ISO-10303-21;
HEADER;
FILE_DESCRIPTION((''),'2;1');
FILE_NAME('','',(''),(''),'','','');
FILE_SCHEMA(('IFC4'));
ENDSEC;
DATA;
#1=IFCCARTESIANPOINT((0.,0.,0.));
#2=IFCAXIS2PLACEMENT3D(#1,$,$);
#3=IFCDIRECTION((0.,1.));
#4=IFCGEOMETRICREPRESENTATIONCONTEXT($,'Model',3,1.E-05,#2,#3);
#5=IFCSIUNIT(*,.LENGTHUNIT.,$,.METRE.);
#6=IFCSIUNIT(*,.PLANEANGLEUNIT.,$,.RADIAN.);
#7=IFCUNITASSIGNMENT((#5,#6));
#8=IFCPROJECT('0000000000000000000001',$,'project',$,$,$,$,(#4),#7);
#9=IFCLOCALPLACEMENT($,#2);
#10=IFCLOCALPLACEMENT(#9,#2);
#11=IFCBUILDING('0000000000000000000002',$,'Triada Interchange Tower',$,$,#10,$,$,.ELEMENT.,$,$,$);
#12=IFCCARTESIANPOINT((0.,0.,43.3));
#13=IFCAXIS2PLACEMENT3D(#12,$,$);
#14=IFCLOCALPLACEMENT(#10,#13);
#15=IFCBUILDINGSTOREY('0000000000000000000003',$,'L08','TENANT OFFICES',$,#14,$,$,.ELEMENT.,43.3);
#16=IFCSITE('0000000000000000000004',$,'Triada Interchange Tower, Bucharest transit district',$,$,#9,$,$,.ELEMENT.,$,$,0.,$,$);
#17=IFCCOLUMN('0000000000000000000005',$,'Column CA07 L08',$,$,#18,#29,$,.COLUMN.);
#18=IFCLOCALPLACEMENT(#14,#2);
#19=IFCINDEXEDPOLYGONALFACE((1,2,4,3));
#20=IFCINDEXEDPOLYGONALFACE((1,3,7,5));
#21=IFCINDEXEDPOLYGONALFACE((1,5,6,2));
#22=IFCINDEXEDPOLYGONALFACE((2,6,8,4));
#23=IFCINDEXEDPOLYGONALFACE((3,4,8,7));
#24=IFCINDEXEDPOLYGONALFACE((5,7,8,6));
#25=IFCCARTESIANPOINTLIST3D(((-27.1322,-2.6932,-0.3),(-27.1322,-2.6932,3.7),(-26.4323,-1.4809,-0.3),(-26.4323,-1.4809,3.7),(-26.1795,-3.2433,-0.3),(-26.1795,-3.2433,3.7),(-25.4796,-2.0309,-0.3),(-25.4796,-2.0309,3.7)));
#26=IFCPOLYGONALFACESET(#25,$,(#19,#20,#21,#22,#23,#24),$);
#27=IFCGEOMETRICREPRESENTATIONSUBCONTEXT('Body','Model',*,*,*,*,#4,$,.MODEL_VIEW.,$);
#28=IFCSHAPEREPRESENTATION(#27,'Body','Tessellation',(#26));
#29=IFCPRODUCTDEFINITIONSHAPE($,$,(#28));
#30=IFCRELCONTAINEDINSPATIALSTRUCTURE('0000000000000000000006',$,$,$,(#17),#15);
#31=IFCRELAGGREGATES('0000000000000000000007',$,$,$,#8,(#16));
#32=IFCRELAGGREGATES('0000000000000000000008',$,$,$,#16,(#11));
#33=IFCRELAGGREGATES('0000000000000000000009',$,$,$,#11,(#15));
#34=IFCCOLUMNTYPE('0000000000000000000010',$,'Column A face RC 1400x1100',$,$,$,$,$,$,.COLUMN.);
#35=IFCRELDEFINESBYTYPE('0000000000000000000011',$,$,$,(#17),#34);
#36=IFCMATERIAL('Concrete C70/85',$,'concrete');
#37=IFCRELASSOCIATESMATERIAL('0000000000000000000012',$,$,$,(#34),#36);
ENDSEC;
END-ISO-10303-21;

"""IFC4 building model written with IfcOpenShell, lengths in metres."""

from ifc_helpers import new_model, si_unit, direction, frame, origin, origin_2d, place, context, subcontext, project, spatial, rectangle, extrude, material, material_profile, profile_set, type_object, element, save


model = new_model("IFC4")

# Units and contexts
model_context = context("Model", 3, precision=1e-05, world=origin(), true_north=direction((0.0, 1.0)))
body_context = subcontext(model_context, "Body", "Model", "MODEL_VIEW")
ifc_project = project(units=[si_unit("LENGTHUNIT", "METRE"), si_unit("PLANEANGLEUNIT", "RADIAN")], contexts=[model_context])

# Site, building, storey
site_placement = place(None, origin())
site = spatial("IfcSite", under=ifc_project, at=site_placement, Name="Triada Interchange Tower, Bucharest transit district", CompositionType="ELEMENT", RefElevation=0.0)
building_placement = place(site_placement, origin())
building = spatial("IfcBuilding", under=site, at=building_placement, Name="Triada Interchange Tower", CompositionType="ELEMENT")
storey_placement = place(building_placement, frame((0.0, 0.0, 43.3)))
storey = spatial("IfcBuildingStorey", under=building, at=storey_placement, Name="L08", Description="TENANT OFFICES", CompositionType="ELEMENT", Elevation=43.3)

# Column
ifc_material_1 = material(Name="Concrete C70/85", Category="concrete")
ifc_material_profile = material_profile(ifc_material_1, rectangle(XDim=1.3999, YDim=1.1001, at=origin_2d()), Name="RC 1400x1100")
ifc_profile_set = profile_set([ifc_material_profile], Name="Concrete C70/85")
column_type = type_object("IfcColumnType", Name="Column A face RC 1400x1100", PredefinedType="COLUMN", material=ifc_profile_set)
column_placement = place(storey_placement, frame((-26.3059, -2.3621, -0.3), z_axis=(0.0, 0.0, 1.0), x_axis=(0.5, 0.866025, 0.0)))
element("IfcColumn", 1, at=column_placement, inside=storey, type_object=column_type, Name="Column CA07 L08", PredefinedType="COLUMN", context=body_context, shape_type="SweptSolid", body=[
    extrude(rectangle(XDim=1.3999, YDim=1.1001, at=origin_2d()), origin(), (0.0, 0.0, 1.0), 4.0),
])

save(model, "model.ifc")
